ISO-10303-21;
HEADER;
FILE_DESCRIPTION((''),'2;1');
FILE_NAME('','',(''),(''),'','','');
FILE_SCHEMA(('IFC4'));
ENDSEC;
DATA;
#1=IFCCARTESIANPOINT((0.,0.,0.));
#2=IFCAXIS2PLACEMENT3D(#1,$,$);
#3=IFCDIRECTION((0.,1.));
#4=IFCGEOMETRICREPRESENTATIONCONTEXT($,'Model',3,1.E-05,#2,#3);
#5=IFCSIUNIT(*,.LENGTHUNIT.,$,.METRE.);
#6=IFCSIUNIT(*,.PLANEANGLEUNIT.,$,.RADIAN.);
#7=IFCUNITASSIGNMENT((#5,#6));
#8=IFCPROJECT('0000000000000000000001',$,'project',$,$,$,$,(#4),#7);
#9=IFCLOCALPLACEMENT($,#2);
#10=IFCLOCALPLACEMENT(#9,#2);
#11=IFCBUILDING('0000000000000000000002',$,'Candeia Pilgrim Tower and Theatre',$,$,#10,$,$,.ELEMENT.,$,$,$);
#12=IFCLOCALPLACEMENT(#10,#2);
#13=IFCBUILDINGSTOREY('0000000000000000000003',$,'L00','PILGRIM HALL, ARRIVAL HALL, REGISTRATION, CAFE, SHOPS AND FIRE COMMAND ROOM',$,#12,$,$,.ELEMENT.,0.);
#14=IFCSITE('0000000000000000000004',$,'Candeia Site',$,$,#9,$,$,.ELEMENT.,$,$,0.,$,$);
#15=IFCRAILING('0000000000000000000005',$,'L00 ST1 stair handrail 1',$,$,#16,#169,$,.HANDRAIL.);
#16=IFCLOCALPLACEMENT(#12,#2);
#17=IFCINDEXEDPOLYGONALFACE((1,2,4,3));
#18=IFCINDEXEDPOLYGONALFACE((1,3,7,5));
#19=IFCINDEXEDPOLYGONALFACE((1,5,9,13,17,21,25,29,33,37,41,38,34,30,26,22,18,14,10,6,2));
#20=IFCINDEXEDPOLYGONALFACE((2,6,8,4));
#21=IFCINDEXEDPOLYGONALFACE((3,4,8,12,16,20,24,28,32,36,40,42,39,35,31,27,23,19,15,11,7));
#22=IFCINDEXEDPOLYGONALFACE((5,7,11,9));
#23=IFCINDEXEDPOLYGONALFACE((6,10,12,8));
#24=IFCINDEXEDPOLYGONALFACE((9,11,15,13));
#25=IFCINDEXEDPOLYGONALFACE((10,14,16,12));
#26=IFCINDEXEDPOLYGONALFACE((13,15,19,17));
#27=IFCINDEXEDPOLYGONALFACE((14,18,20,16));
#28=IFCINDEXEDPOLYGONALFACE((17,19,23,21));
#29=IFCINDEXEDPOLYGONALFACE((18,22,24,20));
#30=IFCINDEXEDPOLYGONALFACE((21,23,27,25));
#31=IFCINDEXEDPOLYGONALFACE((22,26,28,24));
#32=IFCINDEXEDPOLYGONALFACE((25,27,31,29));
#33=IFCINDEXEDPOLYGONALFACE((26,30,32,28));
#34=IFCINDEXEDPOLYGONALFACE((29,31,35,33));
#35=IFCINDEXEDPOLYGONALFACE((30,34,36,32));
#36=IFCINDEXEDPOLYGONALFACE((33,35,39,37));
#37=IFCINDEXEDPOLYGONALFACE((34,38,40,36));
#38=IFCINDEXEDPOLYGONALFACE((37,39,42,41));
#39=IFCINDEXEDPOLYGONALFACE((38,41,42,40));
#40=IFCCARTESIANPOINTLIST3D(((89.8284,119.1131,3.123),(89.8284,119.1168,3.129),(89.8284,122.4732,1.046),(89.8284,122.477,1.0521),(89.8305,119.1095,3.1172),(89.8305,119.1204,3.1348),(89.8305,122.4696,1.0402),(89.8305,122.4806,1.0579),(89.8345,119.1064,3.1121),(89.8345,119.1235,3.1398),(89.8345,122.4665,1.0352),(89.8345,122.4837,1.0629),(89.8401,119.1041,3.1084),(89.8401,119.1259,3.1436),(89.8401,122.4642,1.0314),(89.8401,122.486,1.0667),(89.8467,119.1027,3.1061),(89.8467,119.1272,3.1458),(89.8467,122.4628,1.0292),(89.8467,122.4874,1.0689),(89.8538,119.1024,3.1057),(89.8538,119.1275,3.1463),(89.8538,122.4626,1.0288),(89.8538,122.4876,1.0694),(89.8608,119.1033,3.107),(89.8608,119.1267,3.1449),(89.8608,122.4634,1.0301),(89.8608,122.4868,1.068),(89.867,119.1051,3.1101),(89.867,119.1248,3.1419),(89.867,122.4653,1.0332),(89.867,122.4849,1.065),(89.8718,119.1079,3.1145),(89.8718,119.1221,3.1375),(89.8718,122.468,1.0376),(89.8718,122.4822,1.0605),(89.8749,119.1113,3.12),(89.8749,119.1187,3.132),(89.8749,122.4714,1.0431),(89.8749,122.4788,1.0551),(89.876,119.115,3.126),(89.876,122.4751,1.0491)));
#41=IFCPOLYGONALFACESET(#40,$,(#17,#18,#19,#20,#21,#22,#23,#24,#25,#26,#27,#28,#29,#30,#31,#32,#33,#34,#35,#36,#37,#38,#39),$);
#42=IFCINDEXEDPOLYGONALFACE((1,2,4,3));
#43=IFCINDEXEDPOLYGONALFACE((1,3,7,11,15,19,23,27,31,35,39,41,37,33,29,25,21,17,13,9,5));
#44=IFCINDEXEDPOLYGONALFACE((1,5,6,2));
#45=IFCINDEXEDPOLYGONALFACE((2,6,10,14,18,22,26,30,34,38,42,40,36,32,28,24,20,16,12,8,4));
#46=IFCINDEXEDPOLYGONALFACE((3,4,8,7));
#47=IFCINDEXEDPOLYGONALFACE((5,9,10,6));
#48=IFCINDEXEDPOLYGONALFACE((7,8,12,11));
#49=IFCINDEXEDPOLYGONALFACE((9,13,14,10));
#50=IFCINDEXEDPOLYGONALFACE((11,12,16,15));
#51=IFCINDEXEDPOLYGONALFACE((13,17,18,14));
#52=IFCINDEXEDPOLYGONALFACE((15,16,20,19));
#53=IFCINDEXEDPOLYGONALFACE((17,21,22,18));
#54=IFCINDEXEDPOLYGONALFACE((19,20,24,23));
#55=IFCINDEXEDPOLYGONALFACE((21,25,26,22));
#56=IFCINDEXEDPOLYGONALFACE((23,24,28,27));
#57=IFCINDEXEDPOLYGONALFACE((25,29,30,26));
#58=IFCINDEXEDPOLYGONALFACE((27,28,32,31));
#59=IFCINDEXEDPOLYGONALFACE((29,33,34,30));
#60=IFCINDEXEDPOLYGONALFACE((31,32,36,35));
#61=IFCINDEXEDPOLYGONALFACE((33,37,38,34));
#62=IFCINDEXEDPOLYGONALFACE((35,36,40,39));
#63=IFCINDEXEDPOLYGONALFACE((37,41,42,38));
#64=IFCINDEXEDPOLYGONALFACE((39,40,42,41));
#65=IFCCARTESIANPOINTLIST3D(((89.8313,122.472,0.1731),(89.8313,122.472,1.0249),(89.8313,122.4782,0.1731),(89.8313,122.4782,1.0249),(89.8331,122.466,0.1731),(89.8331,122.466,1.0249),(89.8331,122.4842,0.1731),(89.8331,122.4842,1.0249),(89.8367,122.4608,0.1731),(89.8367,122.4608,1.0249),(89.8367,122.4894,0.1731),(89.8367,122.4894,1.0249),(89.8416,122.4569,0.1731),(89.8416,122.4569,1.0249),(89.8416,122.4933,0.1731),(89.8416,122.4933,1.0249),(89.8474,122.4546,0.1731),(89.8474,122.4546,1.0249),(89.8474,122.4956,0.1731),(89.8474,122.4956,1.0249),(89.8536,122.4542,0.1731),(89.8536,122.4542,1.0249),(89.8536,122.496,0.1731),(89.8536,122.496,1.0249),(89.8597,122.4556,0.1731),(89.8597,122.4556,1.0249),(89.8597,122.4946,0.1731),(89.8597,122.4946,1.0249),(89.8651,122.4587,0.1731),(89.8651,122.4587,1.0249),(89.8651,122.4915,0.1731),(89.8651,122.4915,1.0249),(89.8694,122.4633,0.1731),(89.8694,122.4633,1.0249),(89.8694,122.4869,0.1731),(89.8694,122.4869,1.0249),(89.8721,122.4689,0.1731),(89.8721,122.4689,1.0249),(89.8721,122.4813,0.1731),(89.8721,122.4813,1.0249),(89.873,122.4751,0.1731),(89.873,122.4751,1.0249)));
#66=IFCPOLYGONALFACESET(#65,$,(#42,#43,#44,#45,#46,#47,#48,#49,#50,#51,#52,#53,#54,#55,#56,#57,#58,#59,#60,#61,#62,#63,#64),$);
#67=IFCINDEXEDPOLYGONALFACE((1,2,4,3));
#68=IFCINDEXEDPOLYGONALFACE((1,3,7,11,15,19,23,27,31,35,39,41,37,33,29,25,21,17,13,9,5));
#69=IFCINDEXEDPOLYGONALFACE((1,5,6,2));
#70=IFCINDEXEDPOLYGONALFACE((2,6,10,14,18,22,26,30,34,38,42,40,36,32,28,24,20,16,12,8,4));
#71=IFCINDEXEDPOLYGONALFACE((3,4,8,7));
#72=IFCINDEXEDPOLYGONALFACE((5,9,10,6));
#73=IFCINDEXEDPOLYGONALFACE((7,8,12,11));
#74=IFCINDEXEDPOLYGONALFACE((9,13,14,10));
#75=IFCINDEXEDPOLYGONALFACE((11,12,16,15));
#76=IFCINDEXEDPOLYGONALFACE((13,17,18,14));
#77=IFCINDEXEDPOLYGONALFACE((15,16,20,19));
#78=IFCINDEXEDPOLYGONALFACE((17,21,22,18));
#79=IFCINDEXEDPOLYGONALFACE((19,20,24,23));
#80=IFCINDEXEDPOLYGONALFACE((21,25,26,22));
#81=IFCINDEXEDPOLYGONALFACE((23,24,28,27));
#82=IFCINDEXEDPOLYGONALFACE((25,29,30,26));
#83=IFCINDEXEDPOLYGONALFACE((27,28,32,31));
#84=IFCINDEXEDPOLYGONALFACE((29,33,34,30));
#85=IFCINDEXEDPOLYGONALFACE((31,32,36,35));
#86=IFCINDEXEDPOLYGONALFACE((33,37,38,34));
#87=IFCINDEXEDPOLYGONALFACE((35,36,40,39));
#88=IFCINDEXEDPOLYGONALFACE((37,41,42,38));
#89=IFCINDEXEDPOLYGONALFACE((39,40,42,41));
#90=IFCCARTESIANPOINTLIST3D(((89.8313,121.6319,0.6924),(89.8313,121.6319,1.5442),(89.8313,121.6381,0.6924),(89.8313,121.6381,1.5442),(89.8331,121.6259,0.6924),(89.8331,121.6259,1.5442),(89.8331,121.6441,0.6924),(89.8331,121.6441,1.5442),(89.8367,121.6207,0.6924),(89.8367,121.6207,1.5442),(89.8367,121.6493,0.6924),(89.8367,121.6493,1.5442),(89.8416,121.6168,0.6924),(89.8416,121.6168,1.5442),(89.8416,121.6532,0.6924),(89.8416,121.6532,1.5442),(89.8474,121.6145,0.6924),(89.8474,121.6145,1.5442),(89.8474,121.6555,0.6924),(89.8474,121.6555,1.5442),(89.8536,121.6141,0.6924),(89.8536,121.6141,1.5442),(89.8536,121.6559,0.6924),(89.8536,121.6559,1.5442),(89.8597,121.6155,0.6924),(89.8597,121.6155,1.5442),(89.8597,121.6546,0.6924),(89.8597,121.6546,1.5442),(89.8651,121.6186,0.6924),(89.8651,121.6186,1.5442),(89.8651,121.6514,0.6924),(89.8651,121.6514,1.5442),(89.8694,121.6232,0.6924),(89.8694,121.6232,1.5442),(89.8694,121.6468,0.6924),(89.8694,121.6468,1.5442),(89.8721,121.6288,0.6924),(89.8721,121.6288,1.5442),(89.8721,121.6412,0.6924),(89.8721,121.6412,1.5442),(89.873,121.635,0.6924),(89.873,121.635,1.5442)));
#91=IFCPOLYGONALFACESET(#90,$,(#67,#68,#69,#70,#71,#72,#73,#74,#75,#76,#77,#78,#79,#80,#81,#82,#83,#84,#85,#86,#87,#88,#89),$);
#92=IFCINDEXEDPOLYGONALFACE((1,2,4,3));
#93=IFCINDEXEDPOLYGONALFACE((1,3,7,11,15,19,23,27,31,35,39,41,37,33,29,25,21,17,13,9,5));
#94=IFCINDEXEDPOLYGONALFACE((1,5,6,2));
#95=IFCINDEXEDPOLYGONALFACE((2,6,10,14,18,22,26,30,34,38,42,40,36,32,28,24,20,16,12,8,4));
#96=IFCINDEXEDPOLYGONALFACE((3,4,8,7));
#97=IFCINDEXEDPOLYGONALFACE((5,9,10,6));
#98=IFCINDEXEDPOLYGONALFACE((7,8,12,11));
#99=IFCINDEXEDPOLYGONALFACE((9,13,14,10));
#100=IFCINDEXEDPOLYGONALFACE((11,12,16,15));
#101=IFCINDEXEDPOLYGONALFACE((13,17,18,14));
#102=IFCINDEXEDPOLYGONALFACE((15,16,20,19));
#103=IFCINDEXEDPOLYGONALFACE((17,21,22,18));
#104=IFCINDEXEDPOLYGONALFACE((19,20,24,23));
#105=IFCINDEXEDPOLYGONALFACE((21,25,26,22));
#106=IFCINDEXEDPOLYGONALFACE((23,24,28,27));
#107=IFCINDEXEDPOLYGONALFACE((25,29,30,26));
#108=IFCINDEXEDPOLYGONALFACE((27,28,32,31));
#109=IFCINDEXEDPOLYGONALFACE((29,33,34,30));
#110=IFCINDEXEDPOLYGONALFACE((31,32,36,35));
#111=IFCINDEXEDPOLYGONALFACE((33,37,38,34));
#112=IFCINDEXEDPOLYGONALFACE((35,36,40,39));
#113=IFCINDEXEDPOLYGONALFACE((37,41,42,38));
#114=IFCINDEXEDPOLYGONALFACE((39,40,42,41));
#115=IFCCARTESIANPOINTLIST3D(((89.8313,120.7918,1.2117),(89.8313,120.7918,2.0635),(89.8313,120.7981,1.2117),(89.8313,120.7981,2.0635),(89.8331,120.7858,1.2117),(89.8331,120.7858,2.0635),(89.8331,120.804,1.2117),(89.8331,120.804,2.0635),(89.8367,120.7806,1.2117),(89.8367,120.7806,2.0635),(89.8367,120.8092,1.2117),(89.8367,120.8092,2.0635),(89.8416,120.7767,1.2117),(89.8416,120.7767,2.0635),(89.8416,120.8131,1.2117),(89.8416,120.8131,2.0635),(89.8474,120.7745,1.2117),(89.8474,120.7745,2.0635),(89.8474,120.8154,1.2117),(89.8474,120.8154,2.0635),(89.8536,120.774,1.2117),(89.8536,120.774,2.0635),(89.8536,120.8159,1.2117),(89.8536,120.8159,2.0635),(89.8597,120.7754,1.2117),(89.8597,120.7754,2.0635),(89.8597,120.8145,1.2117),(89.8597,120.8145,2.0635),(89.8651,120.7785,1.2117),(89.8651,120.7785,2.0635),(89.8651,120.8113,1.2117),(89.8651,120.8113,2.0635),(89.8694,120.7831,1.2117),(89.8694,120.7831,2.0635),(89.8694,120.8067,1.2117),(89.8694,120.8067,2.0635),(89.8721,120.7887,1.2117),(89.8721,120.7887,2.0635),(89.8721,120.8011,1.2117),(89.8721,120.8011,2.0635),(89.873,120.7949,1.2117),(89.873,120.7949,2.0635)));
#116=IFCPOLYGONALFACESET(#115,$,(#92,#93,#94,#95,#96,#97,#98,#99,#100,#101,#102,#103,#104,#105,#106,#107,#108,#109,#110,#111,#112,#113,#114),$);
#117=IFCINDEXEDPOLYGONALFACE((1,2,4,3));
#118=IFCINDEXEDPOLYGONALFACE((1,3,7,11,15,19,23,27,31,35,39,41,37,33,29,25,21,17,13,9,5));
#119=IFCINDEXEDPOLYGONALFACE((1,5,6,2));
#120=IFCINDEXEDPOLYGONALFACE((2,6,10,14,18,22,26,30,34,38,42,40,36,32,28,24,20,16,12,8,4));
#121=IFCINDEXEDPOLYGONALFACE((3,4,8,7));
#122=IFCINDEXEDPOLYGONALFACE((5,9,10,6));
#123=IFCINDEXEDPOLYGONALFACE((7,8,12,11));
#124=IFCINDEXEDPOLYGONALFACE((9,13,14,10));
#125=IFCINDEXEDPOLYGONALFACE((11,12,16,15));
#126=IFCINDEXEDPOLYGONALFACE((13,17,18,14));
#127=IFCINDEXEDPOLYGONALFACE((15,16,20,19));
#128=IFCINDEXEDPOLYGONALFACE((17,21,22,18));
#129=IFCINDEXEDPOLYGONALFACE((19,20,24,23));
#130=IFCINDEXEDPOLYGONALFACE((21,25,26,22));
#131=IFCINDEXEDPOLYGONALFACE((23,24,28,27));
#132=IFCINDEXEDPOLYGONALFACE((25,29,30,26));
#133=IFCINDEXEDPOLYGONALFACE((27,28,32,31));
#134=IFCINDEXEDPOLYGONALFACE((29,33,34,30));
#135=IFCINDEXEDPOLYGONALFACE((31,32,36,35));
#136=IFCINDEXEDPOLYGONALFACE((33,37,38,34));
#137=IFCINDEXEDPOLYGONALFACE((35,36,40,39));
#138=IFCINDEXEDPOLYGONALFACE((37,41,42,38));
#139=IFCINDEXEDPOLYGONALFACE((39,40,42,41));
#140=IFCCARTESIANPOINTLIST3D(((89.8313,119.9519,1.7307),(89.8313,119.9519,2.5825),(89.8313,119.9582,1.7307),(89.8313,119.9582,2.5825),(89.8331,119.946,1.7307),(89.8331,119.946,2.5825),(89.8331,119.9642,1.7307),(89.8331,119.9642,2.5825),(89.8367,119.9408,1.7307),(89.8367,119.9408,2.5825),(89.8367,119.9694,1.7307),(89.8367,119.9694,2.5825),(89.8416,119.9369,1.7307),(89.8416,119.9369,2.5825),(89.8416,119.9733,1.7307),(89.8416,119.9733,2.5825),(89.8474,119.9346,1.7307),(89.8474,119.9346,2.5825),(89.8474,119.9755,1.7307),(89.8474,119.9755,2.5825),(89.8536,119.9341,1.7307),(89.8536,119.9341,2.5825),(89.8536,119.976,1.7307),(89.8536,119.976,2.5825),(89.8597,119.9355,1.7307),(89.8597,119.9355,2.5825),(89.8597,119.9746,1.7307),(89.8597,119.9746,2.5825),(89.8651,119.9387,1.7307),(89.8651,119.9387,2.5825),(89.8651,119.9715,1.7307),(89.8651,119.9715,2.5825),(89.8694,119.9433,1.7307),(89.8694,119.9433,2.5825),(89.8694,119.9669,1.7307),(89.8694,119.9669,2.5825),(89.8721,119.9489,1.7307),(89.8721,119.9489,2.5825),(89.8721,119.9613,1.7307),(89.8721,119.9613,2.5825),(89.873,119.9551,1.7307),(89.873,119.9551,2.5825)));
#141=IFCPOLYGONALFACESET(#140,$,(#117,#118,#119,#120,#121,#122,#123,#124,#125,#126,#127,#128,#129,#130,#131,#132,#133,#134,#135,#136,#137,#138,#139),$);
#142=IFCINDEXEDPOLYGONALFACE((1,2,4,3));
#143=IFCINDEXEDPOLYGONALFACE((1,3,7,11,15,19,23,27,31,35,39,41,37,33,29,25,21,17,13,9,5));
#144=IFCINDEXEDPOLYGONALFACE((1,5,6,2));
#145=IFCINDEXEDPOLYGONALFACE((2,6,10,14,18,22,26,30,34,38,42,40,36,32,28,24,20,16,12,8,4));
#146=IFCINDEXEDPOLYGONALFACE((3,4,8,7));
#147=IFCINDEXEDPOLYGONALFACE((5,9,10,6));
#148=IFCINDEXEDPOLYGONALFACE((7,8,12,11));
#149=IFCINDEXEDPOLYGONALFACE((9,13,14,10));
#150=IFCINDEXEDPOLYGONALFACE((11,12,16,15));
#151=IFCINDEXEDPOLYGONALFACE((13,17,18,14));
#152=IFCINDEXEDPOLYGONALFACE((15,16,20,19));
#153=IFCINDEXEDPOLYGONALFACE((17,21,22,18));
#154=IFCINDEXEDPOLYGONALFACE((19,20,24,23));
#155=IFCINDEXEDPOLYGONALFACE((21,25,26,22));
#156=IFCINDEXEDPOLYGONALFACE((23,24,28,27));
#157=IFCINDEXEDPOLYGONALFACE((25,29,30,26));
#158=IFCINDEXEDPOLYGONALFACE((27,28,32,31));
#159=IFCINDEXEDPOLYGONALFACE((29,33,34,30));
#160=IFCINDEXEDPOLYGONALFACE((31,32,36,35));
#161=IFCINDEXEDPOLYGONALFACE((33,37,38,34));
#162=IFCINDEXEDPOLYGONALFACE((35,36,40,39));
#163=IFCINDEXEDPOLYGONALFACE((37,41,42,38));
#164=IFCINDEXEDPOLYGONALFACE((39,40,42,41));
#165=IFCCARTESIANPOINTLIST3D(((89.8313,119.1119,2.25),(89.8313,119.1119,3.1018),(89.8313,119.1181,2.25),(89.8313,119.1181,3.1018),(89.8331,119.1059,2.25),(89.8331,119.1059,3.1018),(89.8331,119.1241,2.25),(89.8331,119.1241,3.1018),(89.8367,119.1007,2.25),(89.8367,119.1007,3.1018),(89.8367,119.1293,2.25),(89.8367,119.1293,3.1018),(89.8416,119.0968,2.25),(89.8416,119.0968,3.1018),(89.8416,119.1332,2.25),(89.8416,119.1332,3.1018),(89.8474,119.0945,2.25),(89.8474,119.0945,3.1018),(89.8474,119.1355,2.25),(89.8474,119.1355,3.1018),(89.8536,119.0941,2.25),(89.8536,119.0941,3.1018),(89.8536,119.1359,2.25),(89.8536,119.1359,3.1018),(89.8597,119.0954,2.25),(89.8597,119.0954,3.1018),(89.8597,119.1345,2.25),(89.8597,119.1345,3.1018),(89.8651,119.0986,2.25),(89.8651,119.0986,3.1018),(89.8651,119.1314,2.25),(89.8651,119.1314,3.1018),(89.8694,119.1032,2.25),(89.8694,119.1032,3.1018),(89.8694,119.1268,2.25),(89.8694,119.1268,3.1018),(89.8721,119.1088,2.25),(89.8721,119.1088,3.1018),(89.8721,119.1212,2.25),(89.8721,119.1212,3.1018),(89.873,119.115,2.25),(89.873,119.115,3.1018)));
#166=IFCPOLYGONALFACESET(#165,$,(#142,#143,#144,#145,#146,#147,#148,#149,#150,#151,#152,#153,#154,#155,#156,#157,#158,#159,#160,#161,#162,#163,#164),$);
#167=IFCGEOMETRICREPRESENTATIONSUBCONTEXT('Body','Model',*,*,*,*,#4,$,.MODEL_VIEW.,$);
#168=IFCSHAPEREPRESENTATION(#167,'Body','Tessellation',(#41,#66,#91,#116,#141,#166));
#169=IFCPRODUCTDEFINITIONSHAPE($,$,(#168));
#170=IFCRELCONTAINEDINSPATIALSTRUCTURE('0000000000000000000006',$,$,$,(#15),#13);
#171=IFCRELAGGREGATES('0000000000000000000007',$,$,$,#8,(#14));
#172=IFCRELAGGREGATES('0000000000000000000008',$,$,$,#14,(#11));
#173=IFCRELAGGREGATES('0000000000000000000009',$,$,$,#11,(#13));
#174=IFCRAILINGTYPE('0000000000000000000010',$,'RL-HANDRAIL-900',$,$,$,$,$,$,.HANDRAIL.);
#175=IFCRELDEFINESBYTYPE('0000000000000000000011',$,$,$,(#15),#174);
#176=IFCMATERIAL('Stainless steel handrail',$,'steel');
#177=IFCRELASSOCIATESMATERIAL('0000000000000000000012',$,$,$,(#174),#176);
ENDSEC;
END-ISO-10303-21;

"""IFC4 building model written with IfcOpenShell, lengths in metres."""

from ifc_helpers import new_model, si_unit, direction, frame, origin, origin_2d, place, context, subcontext, project, spatial, circle, extrude, material, type_object, element, save


model = new_model("IFC4")

# Units and contexts
model_context = context("Model", 3, precision=1e-05, world=origin(), true_north=direction((0.0, 1.0)))
body_context = subcontext(model_context, "Body", "Model", "MODEL_VIEW")
ifc_project = project(units=[si_unit("LENGTHUNIT", "METRE"), si_unit("PLANEANGLEUNIT", "RADIAN")], contexts=[model_context])

# Site, building, storey
site_placement = place(None, origin())
site = spatial("IfcSite", under=ifc_project, at=site_placement, Name="Candeia Site", CompositionType="ELEMENT", RefElevation=0.0)
building_placement = place(site_placement, origin())
building = spatial("IfcBuilding", under=site, at=building_placement, Name="Candeia Pilgrim Tower and Theatre", CompositionType="ELEMENT")
storey_placement = place(building_placement, origin())
storey = spatial("IfcBuildingStorey", under=building, at=storey_placement, Name="L00", Description="PILGRIM HALL, ARRIVAL HALL, REGISTRATION, CAFE, SHOPS AND FIRE COMMAND ROOM", CompositionType="ELEMENT", Elevation=0.0)

# Railing
ifc_material_1 = material(Name="Stainless steel handrail", Category="steel")
railing_type_1 = type_object("IfcRailingType", Name="RL-HANDRAIL-900", PredefinedType="HANDRAIL", material=ifc_material_1)
railing_1_placement = place(storey_placement, frame((89.8521, 122.4751, 0.1731)))
element("IfcRailing", 1, at=railing_1_placement, inside=storey, type_object=railing_type_1, Name="L00 ST1 stair handrail 1", PredefinedType="HANDRAIL", context=body_context, shape_type="SweptSolid", body=[
    extrude(circle(Radius=0.0239, at=origin_2d()), frame((0.0, 0.0, 0.876), z_axis=(0.0, -0.850623, 0.525776), x_axis=(1.0, 0.0, 0.0)), (0.0, 0.0, 1.0), 3.9502),
    extrude(circle(Radius=0.021, at=origin_2d()), origin(), (0.0, 0.0, 1.0), 0.8518),
    extrude(circle(Radius=0.021, at=origin_2d()), frame((0.0, -0.8401, 0.5193)), (0.0, 0.0, 1.0), 0.8518),
    extrude(circle(Radius=0.021, at=origin_2d()), frame((0.0, -1.6802, 1.0386)), (0.0, 0.0, 1.0), 0.8518),
    extrude(circle(Radius=0.021, at=origin_2d()), frame((0.0, -2.52, 1.5576)), (0.0, 0.0, 1.0), 0.8518),
    extrude(circle(Radius=0.021, at=origin_2d()), frame((0.0, -3.3601, 2.0769)), (0.0, 0.0, 1.0), 0.8518),
])

save(model, "model.ifc")
